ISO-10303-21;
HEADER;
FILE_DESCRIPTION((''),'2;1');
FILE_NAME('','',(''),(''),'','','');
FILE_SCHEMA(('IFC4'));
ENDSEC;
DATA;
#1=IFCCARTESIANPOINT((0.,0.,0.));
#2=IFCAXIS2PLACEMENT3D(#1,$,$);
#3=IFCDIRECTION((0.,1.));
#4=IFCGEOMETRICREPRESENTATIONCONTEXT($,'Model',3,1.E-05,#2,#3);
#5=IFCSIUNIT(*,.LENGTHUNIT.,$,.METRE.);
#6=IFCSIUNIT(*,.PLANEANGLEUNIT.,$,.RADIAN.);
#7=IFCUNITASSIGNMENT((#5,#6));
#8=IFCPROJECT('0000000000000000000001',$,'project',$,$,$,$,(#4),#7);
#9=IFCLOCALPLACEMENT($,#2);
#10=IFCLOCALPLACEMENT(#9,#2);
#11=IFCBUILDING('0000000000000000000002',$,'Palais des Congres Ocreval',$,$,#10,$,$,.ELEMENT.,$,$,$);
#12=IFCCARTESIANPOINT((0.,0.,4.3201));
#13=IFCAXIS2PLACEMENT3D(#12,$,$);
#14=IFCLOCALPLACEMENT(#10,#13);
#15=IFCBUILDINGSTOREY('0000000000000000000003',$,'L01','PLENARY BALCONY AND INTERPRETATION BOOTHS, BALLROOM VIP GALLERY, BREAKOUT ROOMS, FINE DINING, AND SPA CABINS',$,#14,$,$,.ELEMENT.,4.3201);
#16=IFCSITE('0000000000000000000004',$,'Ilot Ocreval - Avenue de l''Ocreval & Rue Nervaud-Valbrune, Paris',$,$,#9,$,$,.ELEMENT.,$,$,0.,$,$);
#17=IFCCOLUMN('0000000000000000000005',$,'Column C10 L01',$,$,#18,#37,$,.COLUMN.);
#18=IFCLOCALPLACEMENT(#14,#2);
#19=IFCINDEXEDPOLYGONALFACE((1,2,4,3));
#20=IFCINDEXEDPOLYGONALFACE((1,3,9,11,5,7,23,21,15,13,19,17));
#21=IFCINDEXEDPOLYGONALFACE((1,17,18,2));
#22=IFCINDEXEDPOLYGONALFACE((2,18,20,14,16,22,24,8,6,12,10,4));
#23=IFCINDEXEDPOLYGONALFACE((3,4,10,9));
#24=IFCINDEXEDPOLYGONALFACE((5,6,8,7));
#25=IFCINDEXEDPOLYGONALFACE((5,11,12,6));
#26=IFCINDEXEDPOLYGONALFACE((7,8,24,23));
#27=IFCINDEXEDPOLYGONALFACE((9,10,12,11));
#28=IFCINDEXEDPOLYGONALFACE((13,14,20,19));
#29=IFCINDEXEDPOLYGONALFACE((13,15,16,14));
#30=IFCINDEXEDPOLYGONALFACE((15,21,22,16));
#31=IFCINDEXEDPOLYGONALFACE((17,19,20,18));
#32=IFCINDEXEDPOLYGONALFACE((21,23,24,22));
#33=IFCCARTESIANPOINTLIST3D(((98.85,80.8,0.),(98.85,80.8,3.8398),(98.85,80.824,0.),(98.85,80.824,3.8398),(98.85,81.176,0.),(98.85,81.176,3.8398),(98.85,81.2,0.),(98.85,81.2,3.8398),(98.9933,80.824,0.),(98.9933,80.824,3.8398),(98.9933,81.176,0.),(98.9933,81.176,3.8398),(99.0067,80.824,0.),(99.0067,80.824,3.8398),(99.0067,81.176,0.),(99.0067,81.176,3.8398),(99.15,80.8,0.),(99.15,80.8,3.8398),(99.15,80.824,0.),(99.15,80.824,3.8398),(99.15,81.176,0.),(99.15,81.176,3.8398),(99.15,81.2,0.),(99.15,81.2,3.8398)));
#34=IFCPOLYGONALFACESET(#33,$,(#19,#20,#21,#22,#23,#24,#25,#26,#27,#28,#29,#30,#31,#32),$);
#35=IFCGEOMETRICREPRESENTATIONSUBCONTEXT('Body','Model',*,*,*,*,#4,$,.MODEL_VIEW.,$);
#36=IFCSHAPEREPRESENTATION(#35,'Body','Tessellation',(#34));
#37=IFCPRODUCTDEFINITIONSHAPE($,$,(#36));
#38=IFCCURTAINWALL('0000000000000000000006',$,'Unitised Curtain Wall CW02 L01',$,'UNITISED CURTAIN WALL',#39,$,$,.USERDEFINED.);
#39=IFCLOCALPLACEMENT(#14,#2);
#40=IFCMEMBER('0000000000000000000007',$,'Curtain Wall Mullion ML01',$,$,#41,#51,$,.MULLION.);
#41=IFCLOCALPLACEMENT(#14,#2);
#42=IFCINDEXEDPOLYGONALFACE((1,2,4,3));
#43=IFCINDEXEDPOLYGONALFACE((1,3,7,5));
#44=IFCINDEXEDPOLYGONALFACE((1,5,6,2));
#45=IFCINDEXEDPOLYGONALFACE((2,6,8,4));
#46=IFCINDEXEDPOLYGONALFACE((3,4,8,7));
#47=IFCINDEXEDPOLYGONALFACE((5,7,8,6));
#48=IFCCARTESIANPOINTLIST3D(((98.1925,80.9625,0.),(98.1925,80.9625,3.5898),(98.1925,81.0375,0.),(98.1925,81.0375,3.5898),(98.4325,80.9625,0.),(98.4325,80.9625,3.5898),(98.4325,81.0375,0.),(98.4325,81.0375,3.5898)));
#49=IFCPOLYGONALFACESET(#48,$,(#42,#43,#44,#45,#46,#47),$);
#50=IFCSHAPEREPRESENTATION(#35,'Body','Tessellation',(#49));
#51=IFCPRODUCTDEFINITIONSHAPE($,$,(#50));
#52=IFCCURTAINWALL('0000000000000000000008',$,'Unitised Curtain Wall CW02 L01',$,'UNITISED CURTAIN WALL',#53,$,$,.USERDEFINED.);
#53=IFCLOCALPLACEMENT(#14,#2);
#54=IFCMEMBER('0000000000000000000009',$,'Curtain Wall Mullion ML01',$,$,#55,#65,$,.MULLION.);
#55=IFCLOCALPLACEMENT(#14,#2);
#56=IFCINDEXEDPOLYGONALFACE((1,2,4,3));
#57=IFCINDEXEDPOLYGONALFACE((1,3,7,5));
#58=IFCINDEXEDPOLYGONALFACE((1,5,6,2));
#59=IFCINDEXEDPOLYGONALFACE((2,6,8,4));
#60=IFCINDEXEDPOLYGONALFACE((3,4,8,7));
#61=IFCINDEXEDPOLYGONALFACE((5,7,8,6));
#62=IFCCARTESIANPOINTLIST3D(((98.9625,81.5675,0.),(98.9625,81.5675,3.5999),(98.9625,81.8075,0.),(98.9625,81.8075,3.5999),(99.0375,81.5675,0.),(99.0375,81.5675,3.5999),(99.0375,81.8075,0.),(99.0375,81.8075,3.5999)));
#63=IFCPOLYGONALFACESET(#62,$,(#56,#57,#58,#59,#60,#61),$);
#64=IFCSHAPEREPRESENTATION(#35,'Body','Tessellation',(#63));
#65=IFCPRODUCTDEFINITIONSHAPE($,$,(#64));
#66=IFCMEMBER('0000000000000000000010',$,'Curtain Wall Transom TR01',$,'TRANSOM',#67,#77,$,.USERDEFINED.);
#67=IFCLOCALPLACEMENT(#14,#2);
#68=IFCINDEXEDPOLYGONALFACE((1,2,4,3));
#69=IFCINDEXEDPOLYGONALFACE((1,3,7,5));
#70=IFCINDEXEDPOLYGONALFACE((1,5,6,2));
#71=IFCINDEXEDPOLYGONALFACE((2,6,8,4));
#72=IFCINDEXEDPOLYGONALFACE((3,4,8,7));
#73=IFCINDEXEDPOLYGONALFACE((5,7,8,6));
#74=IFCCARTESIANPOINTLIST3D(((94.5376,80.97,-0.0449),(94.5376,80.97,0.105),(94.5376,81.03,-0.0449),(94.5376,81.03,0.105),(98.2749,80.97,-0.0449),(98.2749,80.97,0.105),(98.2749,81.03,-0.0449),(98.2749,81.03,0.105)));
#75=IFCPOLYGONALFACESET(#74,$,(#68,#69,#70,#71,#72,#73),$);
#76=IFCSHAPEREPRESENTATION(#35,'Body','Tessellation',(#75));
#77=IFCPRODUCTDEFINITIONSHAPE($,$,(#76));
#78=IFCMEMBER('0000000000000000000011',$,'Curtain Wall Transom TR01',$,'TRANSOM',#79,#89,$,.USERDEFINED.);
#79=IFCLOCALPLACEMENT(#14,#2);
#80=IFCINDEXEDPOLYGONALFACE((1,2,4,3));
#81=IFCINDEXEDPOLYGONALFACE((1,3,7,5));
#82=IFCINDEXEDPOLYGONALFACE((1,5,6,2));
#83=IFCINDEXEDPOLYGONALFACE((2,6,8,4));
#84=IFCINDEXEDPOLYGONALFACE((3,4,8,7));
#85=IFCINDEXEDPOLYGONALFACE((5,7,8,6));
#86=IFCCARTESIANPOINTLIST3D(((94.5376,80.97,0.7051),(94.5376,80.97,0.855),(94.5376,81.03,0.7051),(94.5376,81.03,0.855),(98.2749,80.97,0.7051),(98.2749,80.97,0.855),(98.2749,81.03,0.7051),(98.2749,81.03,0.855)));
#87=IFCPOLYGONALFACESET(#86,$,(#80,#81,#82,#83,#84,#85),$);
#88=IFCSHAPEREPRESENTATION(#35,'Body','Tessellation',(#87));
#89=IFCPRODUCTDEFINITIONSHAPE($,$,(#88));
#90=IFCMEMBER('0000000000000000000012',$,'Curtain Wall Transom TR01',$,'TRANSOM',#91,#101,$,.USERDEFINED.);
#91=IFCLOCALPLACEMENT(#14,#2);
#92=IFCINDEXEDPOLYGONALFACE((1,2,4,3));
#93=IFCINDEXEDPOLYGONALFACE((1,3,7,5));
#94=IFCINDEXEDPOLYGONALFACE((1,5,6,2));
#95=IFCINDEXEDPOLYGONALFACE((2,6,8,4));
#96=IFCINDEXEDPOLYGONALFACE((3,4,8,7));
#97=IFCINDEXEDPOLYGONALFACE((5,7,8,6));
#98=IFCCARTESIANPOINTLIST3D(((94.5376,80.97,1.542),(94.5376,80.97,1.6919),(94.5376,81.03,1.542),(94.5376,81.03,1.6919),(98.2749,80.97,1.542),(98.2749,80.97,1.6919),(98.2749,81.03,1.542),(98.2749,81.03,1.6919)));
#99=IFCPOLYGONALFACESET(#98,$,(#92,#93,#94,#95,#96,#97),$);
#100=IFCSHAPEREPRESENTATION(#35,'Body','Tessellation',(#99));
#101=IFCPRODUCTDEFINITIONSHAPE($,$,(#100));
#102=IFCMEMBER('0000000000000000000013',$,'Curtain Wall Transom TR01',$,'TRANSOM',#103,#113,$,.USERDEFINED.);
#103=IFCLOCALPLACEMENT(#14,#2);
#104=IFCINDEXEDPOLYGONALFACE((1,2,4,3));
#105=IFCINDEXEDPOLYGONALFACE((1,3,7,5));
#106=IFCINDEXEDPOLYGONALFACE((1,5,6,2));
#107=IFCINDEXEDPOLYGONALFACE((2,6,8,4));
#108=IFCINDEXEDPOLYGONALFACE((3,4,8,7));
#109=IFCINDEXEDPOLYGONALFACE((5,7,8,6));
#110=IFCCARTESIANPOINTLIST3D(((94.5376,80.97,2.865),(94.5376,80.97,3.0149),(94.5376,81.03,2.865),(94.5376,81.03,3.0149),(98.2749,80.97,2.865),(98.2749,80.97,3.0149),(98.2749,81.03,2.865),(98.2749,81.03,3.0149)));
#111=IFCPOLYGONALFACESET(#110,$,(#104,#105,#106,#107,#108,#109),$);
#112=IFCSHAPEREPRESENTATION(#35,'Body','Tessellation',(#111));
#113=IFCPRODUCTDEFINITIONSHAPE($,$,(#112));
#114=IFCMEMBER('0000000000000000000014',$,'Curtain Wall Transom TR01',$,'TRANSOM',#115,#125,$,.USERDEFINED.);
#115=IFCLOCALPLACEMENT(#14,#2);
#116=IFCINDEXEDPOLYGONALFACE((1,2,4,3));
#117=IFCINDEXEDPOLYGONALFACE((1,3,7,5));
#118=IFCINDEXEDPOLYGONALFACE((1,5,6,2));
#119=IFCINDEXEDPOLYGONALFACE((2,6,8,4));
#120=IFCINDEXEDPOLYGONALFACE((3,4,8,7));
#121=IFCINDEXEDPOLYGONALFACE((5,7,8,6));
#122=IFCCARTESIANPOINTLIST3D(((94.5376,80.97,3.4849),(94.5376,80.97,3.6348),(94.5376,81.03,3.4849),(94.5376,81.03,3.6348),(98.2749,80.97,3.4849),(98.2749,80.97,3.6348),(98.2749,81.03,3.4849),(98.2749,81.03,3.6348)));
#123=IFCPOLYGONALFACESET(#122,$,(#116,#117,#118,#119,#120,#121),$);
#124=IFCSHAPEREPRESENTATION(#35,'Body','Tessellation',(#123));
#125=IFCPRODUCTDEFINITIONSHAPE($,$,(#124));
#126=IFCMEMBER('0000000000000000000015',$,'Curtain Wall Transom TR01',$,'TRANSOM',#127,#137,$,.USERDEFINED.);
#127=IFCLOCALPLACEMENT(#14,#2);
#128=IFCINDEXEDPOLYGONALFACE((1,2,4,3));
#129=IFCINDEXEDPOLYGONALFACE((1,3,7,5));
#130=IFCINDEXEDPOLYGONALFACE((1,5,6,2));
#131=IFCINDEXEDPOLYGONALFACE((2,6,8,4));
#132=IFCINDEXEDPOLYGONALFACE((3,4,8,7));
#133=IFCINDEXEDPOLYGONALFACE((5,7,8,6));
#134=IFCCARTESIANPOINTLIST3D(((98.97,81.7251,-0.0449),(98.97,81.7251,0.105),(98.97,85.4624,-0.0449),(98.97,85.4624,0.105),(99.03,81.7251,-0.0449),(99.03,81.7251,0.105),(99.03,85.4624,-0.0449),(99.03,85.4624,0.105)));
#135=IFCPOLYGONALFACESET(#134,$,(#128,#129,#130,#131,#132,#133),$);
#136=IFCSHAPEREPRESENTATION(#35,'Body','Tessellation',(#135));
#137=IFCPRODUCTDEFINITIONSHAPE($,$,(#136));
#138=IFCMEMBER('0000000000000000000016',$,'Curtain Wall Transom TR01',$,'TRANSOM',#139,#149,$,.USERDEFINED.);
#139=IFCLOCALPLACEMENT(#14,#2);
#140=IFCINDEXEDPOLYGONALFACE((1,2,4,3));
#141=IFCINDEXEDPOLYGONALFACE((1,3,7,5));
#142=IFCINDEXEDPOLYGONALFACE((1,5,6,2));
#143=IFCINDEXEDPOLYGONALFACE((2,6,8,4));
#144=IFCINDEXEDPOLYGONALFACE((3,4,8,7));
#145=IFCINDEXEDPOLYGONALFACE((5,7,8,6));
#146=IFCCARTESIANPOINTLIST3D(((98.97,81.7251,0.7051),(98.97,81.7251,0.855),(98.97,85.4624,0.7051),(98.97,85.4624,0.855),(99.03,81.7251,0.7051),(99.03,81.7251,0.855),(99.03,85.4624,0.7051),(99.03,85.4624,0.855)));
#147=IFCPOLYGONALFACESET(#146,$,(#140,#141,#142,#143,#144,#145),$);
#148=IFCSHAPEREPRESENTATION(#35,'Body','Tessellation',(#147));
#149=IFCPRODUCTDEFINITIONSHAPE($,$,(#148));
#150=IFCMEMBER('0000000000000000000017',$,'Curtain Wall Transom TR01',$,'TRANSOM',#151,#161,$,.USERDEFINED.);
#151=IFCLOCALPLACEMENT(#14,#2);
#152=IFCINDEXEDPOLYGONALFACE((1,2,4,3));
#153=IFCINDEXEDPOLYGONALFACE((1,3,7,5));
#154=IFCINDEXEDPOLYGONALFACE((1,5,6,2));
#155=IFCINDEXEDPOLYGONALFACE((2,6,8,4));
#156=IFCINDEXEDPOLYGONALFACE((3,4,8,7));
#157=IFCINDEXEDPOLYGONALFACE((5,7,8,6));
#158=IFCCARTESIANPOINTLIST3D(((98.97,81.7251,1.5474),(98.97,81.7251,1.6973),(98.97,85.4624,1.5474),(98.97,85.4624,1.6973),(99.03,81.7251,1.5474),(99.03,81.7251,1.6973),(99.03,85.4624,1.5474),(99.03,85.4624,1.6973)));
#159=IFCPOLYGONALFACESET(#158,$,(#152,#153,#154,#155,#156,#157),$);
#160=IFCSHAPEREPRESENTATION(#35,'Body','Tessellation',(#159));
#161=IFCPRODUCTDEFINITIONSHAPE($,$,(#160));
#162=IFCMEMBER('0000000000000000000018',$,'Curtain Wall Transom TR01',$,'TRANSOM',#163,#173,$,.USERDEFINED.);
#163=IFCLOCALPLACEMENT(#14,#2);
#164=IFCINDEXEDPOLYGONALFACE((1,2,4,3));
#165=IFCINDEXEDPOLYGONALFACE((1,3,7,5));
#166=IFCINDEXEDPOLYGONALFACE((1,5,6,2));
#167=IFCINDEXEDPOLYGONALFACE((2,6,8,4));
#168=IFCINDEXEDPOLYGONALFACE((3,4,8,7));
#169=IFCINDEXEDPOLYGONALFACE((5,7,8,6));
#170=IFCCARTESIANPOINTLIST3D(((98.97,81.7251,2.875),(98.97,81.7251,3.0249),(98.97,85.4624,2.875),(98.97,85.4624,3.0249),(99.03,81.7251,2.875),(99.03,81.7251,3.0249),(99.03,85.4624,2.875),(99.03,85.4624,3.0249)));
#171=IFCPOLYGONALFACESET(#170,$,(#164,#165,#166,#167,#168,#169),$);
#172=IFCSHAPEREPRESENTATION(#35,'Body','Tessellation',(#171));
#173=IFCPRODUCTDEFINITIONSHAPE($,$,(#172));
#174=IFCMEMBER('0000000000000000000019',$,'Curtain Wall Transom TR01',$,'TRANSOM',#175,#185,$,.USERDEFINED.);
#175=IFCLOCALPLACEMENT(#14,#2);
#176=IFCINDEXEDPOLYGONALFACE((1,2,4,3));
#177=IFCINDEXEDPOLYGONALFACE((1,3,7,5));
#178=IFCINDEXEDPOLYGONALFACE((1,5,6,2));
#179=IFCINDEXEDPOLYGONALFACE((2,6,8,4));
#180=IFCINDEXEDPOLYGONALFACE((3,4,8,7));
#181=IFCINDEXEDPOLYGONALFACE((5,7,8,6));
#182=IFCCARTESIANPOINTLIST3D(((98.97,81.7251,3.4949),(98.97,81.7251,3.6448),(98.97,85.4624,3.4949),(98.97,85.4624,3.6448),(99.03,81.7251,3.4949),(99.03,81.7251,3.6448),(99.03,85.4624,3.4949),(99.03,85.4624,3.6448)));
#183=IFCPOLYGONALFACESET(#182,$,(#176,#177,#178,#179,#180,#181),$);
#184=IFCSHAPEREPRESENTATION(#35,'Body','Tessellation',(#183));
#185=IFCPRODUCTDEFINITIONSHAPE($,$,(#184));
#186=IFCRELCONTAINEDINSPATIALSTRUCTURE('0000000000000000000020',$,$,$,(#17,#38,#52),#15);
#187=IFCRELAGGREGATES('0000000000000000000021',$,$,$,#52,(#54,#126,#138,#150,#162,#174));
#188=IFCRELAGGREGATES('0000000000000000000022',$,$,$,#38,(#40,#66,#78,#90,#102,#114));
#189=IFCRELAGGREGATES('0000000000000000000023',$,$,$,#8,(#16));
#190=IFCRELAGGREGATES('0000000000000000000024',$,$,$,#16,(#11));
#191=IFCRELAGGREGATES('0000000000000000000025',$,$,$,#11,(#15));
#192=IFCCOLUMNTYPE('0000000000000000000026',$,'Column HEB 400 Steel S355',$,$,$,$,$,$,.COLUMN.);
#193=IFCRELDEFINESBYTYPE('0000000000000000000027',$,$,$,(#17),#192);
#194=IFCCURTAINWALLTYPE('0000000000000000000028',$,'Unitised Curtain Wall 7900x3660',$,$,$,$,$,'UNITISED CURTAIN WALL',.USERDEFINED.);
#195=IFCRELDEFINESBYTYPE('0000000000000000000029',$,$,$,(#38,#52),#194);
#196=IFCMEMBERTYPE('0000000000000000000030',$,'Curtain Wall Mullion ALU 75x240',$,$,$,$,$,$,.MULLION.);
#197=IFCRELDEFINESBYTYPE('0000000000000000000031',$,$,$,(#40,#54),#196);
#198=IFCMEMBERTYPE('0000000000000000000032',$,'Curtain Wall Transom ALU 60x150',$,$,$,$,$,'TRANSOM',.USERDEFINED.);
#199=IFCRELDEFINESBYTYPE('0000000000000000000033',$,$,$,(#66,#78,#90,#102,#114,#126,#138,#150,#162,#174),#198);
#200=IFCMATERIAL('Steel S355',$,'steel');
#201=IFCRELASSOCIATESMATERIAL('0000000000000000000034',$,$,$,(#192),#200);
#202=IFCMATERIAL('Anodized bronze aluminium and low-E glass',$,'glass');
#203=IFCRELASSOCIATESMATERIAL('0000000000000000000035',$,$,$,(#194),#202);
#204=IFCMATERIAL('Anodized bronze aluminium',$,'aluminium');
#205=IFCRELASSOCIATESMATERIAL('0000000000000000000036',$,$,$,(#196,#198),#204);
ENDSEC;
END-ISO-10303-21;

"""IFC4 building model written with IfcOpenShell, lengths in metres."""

from ifc_helpers import new_model, si_unit, direction, frame, origin, origin_2d, place, context, subcontext, project, spatial, rectangle, i_section, extrude, material, material_profile, profile_set, type_object, element, aggregate, save


model = new_model("IFC4")

# Units and contexts
model_context = context("Model", 3, precision=1e-05, world=origin(), true_north=direction((0.0, 1.0)))
body_context = subcontext(model_context, "Body", "Model", "MODEL_VIEW")
ifc_project = project(units=[si_unit("LENGTHUNIT", "METRE"), si_unit("PLANEANGLEUNIT", "RADIAN")], contexts=[model_context])

# Site, building, storey
site_placement = place(None, origin())
site = spatial("IfcSite", under=ifc_project, at=site_placement, Name="Ilot Ocreval - Avenue de l'Ocreval & Rue Nervaud-Valbrune, Paris", CompositionType="ELEMENT", RefElevation=0.0)
building_placement = place(site_placement, origin())
building = spatial("IfcBuilding", under=site, at=building_placement, Name="Palais des Congres Ocreval", CompositionType="ELEMENT")
storey_placement = place(building_placement, frame((0.0, 0.0, 4.3201)))
storey = spatial("IfcBuildingStorey", under=building, at=storey_placement, Name="L01", Description="PLENARY BALCONY AND INTERPRETATION BOOTHS, BALLROOM VIP GALLERY, BREAKOUT ROOMS, FINE DINING, AND SPA CABINS", CompositionType="ELEMENT", Elevation=4.3201)

# Column
ifc_material_1 = material(Name="Steel S355", Category="steel")
ifc_material_profile_1 = material_profile(ifc_material_1, i_section(OverallWidth=0.3, OverallDepth=0.3999, WebThickness=0.0134, FlangeThickness=0.0239, at=origin_2d()), Name="HEB 400")
ifc_profile_set_1 = profile_set([ifc_material_profile_1], Name="Steel S355")
column_type = type_object("IfcColumnType", Name="Column HEB 400 Steel S355", PredefinedType="COLUMN", material=ifc_profile_set_1)
column_placement = place(storey_placement, frame((99.0, 81.0, 0.0), z_axis=(0.0, 0.0, 1.0), x_axis=(1.0, 0.0, 0.0)))
element("IfcColumn", 1, at=column_placement, inside=storey, type_object=column_type, Name="Column C10 L01", PredefinedType="COLUMN", context=body_context, shape_type="SweptSolid", body=[
    extrude(i_section(OverallWidth=0.3, OverallDepth=0.3999, WebThickness=0.0134, FlangeThickness=0.0239, at=origin_2d()), origin(), (0.0, 0.0, 1.0), 3.8398),
])

# Curtain walls, members
ifc_material_2 = material(Name="Anodized bronze aluminium and low-E glass", Category="glass")
curtain_wall_type = type_object("IfcCurtainWallType", Name="Unitised Curtain Wall 7900x3660", ElementType="UNITISED CURTAIN WALL", PredefinedType="USERDEFINED", material=ifc_material_2)
curtain_wall_1_placement = place(storey_placement, origin())
curtain_wall_1 = element("IfcCurtainWall", 2, at=curtain_wall_1_placement, inside=storey, type_object=curtain_wall_type, Name="Unitised Curtain Wall CW02 L01", ObjectType="UNITISED CURTAIN WALL", PredefinedType="USERDEFINED")
ifc_material_3 = material(Name="Anodized bronze aluminium", Category="aluminium")
ifc_material_profile_2 = material_profile(ifc_material_3, rectangle(XDim=0.075, YDim=0.24, at=origin_2d()), Name="ALU 75x240")
ifc_profile_set_2 = profile_set([ifc_material_profile_2], Name="Anodized bronze aluminium")
member_type_1 = type_object("IfcMemberType", Name="Curtain Wall Mullion ALU 75x240", PredefinedType="MULLION", material=ifc_profile_set_2)
member_1_placement = place(storey_placement, frame((98.3125, 81.0, 0.0), z_axis=(0.0, 0.0, 1.0), x_axis=(0.0, 1.0, 0.0)))
member_1 = element("IfcMember", 3, at=member_1_placement, type_object=member_type_1, Name="Curtain Wall Mullion ML01", PredefinedType="MULLION", context=body_context, shape_type="SweptSolid", body=[
    extrude(rectangle(XDim=0.075, YDim=0.24, at=origin_2d()), origin(), (0.0, 0.0, 1.0), 3.5898),
])
curtain_wall_2_placement = place(storey_placement, origin())
curtain_wall_2 = element("IfcCurtainWall", 4, at=curtain_wall_2_placement, inside=storey, type_object=curtain_wall_type, Name="Unitised Curtain Wall CW02 L01", ObjectType="UNITISED CURTAIN WALL", PredefinedType="USERDEFINED")
member_2_placement = place(storey_placement, frame((99.0, 81.6875, 0.0), z_axis=(0.0, 0.0, 1.0), x_axis=(-1.0, 0.0, 0.0)))
member_2 = element("IfcMember", 5, at=member_2_placement, type_object=member_type_1, Name="Curtain Wall Mullion ML01", PredefinedType="MULLION", context=body_context, shape_type="SweptSolid", body=[
    extrude(rectangle(XDim=0.075, YDim=0.24, at=origin_2d()), origin(), (0.0, 0.0, 1.0), 3.5999),
])

# Members
ifc_material_profile_3 = material_profile(ifc_material_3, rectangle(XDim=0.0601, YDim=0.1499, at=origin_2d()), Name="ALU 60x150")
ifc_profile_set_3 = profile_set([ifc_material_profile_3], Name="Anodized bronze aluminium")
member_type_2 = type_object("IfcMemberType", Name="Curtain Wall Transom ALU 60x150", ElementType="TRANSOM", PredefinedType="USERDEFINED", material=ifc_profile_set_3)
member_3_placement = place(storey_placement, frame((94.5376, 81.0, 0.03), z_axis=(1.0, 0.0, 0.0), x_axis=(0.0, 1.0, 0.0)))
member_3 = element("IfcMember", 6, at=member_3_placement, type_object=member_type_2, Name="Curtain Wall Transom TR01", ObjectType="TRANSOM", PredefinedType="USERDEFINED", context=body_context, shape_type="SweptSolid", body=[
    extrude(rectangle(XDim=0.0601, YDim=0.1499, at=origin_2d()), origin(), (0.0, 0.0, 1.0), 3.7373),
])
member_4_placement = place(storey_placement, frame((94.5376, 81.0, 0.78), z_axis=(1.0, 0.0, 0.0), x_axis=(0.0, 1.0, 0.0)))
member_4 = element("IfcMember", 7, at=member_4_placement, type_object=member_type_2, Name="Curtain Wall Transom TR01", ObjectType="TRANSOM", PredefinedType="USERDEFINED", context=body_context, shape_type="SweptSolid", body=[
    extrude(rectangle(XDim=0.0601, YDim=0.1499, at=origin_2d()), origin(), (0.0, 0.0, 1.0), 3.7373),
])
member_5_placement = place(storey_placement, frame((94.5376, 81.0, 1.6169), z_axis=(1.0, 0.0, 0.0), x_axis=(0.0, 1.0, 0.0)))
member_5 = element("IfcMember", 8, at=member_5_placement, type_object=member_type_2, Name="Curtain Wall Transom TR01", ObjectType="TRANSOM", PredefinedType="USERDEFINED", context=body_context, shape_type="SweptSolid", body=[
    extrude(rectangle(XDim=0.0601, YDim=0.1499, at=origin_2d()), origin(), (0.0, 0.0, 1.0), 3.7373),
])
member_6_placement = place(storey_placement, frame((94.5376, 81.0, 2.9399), z_axis=(1.0, 0.0, 0.0), x_axis=(0.0, 1.0, 0.0)))
member_6 = element("IfcMember", 9, at=member_6_placement, type_object=member_type_2, Name="Curtain Wall Transom TR01", ObjectType="TRANSOM", PredefinedType="USERDEFINED", context=body_context, shape_type="SweptSolid", body=[
    extrude(rectangle(XDim=0.0601, YDim=0.1499, at=origin_2d()), origin(), (0.0, 0.0, 1.0), 3.7373),
])
member_7_placement = place(storey_placement, frame((94.5376, 81.0, 3.5598), z_axis=(1.0, 0.0, 0.0), x_axis=(0.0, 1.0, 0.0)))
member_7 = element("IfcMember", 10, at=member_7_placement, type_object=member_type_2, Name="Curtain Wall Transom TR01", ObjectType="TRANSOM", PredefinedType="USERDEFINED", context=body_context, shape_type="SweptSolid", body=[
    extrude(rectangle(XDim=0.0601, YDim=0.1499, at=origin_2d()), origin(), (0.0, 0.0, 1.0), 3.7373),
])
member_8_placement = place(storey_placement, frame((99.0, 81.7251, 0.03), z_axis=(0.0, 1.0, 0.0), x_axis=(-1.0, 0.0, 0.0)))
member_8 = element("IfcMember", 11, at=member_8_placement, type_object=member_type_2, Name="Curtain Wall Transom TR01", ObjectType="TRANSOM", PredefinedType="USERDEFINED", context=body_context, shape_type="SweptSolid", body=[
    extrude(rectangle(XDim=0.0601, YDim=0.1499, at=origin_2d()), origin(), (0.0, 0.0, 1.0), 3.7373),
])
member_9_placement = place(storey_placement, frame((99.0, 81.7251, 0.78), z_axis=(0.0, 1.0, 0.0), x_axis=(-1.0, 0.0, 0.0)))
member_9 = element("IfcMember", 12, at=member_9_placement, type_object=member_type_2, Name="Curtain Wall Transom TR01", ObjectType="TRANSOM", PredefinedType="USERDEFINED", context=body_context, shape_type="SweptSolid", body=[
    extrude(rectangle(XDim=0.0601, YDim=0.1499, at=origin_2d()), origin(), (0.0, 0.0, 1.0), 3.7373),
])
member_10_placement = place(storey_placement, frame((99.0, 81.7251, 1.6223), z_axis=(0.0, 1.0, 0.0), x_axis=(-1.0, 0.0, 0.0)))
member_10 = element("IfcMember", 13, at=member_10_placement, type_object=member_type_2, Name="Curtain Wall Transom TR01", ObjectType="TRANSOM", PredefinedType="USERDEFINED", context=body_context, shape_type="SweptSolid", body=[
    extrude(rectangle(XDim=0.0601, YDim=0.1499, at=origin_2d()), origin(), (0.0, 0.0, 1.0), 3.7373),
])
member_11_placement = place(storey_placement, frame((99.0, 81.7251, 2.95), z_axis=(0.0, 1.0, 0.0), x_axis=(-1.0, 0.0, 0.0)))
member_11 = element("IfcMember", 14, at=member_11_placement, type_object=member_type_2, Name="Curtain Wall Transom TR01", ObjectType="TRANSOM", PredefinedType="USERDEFINED", context=body_context, shape_type="SweptSolid", body=[
    extrude(rectangle(XDim=0.0601, YDim=0.1499, at=origin_2d()), origin(), (0.0, 0.0, 1.0), 3.7373),
])
member_12_placement = place(storey_placement, frame((99.0, 81.7251, 3.5698), z_axis=(0.0, 1.0, 0.0), x_axis=(-1.0, 0.0, 0.0)))
member_12 = element("IfcMember", 15, at=member_12_placement, type_object=member_type_2, Name="Curtain Wall Transom TR01", ObjectType="TRANSOM", PredefinedType="USERDEFINED", context=body_context, shape_type="SweptSolid", body=[
    extrude(rectangle(XDim=0.0601, YDim=0.1499, at=origin_2d()), origin(), (0.0, 0.0, 1.0), 3.7373),
])

aggregate(curtain_wall_2, [member_2, member_8, member_9, member_10, member_11, member_12])
aggregate(curtain_wall_1, [member_1, member_3, member_4, member_5, member_6, member_7])

save(model, "model.ifc")
